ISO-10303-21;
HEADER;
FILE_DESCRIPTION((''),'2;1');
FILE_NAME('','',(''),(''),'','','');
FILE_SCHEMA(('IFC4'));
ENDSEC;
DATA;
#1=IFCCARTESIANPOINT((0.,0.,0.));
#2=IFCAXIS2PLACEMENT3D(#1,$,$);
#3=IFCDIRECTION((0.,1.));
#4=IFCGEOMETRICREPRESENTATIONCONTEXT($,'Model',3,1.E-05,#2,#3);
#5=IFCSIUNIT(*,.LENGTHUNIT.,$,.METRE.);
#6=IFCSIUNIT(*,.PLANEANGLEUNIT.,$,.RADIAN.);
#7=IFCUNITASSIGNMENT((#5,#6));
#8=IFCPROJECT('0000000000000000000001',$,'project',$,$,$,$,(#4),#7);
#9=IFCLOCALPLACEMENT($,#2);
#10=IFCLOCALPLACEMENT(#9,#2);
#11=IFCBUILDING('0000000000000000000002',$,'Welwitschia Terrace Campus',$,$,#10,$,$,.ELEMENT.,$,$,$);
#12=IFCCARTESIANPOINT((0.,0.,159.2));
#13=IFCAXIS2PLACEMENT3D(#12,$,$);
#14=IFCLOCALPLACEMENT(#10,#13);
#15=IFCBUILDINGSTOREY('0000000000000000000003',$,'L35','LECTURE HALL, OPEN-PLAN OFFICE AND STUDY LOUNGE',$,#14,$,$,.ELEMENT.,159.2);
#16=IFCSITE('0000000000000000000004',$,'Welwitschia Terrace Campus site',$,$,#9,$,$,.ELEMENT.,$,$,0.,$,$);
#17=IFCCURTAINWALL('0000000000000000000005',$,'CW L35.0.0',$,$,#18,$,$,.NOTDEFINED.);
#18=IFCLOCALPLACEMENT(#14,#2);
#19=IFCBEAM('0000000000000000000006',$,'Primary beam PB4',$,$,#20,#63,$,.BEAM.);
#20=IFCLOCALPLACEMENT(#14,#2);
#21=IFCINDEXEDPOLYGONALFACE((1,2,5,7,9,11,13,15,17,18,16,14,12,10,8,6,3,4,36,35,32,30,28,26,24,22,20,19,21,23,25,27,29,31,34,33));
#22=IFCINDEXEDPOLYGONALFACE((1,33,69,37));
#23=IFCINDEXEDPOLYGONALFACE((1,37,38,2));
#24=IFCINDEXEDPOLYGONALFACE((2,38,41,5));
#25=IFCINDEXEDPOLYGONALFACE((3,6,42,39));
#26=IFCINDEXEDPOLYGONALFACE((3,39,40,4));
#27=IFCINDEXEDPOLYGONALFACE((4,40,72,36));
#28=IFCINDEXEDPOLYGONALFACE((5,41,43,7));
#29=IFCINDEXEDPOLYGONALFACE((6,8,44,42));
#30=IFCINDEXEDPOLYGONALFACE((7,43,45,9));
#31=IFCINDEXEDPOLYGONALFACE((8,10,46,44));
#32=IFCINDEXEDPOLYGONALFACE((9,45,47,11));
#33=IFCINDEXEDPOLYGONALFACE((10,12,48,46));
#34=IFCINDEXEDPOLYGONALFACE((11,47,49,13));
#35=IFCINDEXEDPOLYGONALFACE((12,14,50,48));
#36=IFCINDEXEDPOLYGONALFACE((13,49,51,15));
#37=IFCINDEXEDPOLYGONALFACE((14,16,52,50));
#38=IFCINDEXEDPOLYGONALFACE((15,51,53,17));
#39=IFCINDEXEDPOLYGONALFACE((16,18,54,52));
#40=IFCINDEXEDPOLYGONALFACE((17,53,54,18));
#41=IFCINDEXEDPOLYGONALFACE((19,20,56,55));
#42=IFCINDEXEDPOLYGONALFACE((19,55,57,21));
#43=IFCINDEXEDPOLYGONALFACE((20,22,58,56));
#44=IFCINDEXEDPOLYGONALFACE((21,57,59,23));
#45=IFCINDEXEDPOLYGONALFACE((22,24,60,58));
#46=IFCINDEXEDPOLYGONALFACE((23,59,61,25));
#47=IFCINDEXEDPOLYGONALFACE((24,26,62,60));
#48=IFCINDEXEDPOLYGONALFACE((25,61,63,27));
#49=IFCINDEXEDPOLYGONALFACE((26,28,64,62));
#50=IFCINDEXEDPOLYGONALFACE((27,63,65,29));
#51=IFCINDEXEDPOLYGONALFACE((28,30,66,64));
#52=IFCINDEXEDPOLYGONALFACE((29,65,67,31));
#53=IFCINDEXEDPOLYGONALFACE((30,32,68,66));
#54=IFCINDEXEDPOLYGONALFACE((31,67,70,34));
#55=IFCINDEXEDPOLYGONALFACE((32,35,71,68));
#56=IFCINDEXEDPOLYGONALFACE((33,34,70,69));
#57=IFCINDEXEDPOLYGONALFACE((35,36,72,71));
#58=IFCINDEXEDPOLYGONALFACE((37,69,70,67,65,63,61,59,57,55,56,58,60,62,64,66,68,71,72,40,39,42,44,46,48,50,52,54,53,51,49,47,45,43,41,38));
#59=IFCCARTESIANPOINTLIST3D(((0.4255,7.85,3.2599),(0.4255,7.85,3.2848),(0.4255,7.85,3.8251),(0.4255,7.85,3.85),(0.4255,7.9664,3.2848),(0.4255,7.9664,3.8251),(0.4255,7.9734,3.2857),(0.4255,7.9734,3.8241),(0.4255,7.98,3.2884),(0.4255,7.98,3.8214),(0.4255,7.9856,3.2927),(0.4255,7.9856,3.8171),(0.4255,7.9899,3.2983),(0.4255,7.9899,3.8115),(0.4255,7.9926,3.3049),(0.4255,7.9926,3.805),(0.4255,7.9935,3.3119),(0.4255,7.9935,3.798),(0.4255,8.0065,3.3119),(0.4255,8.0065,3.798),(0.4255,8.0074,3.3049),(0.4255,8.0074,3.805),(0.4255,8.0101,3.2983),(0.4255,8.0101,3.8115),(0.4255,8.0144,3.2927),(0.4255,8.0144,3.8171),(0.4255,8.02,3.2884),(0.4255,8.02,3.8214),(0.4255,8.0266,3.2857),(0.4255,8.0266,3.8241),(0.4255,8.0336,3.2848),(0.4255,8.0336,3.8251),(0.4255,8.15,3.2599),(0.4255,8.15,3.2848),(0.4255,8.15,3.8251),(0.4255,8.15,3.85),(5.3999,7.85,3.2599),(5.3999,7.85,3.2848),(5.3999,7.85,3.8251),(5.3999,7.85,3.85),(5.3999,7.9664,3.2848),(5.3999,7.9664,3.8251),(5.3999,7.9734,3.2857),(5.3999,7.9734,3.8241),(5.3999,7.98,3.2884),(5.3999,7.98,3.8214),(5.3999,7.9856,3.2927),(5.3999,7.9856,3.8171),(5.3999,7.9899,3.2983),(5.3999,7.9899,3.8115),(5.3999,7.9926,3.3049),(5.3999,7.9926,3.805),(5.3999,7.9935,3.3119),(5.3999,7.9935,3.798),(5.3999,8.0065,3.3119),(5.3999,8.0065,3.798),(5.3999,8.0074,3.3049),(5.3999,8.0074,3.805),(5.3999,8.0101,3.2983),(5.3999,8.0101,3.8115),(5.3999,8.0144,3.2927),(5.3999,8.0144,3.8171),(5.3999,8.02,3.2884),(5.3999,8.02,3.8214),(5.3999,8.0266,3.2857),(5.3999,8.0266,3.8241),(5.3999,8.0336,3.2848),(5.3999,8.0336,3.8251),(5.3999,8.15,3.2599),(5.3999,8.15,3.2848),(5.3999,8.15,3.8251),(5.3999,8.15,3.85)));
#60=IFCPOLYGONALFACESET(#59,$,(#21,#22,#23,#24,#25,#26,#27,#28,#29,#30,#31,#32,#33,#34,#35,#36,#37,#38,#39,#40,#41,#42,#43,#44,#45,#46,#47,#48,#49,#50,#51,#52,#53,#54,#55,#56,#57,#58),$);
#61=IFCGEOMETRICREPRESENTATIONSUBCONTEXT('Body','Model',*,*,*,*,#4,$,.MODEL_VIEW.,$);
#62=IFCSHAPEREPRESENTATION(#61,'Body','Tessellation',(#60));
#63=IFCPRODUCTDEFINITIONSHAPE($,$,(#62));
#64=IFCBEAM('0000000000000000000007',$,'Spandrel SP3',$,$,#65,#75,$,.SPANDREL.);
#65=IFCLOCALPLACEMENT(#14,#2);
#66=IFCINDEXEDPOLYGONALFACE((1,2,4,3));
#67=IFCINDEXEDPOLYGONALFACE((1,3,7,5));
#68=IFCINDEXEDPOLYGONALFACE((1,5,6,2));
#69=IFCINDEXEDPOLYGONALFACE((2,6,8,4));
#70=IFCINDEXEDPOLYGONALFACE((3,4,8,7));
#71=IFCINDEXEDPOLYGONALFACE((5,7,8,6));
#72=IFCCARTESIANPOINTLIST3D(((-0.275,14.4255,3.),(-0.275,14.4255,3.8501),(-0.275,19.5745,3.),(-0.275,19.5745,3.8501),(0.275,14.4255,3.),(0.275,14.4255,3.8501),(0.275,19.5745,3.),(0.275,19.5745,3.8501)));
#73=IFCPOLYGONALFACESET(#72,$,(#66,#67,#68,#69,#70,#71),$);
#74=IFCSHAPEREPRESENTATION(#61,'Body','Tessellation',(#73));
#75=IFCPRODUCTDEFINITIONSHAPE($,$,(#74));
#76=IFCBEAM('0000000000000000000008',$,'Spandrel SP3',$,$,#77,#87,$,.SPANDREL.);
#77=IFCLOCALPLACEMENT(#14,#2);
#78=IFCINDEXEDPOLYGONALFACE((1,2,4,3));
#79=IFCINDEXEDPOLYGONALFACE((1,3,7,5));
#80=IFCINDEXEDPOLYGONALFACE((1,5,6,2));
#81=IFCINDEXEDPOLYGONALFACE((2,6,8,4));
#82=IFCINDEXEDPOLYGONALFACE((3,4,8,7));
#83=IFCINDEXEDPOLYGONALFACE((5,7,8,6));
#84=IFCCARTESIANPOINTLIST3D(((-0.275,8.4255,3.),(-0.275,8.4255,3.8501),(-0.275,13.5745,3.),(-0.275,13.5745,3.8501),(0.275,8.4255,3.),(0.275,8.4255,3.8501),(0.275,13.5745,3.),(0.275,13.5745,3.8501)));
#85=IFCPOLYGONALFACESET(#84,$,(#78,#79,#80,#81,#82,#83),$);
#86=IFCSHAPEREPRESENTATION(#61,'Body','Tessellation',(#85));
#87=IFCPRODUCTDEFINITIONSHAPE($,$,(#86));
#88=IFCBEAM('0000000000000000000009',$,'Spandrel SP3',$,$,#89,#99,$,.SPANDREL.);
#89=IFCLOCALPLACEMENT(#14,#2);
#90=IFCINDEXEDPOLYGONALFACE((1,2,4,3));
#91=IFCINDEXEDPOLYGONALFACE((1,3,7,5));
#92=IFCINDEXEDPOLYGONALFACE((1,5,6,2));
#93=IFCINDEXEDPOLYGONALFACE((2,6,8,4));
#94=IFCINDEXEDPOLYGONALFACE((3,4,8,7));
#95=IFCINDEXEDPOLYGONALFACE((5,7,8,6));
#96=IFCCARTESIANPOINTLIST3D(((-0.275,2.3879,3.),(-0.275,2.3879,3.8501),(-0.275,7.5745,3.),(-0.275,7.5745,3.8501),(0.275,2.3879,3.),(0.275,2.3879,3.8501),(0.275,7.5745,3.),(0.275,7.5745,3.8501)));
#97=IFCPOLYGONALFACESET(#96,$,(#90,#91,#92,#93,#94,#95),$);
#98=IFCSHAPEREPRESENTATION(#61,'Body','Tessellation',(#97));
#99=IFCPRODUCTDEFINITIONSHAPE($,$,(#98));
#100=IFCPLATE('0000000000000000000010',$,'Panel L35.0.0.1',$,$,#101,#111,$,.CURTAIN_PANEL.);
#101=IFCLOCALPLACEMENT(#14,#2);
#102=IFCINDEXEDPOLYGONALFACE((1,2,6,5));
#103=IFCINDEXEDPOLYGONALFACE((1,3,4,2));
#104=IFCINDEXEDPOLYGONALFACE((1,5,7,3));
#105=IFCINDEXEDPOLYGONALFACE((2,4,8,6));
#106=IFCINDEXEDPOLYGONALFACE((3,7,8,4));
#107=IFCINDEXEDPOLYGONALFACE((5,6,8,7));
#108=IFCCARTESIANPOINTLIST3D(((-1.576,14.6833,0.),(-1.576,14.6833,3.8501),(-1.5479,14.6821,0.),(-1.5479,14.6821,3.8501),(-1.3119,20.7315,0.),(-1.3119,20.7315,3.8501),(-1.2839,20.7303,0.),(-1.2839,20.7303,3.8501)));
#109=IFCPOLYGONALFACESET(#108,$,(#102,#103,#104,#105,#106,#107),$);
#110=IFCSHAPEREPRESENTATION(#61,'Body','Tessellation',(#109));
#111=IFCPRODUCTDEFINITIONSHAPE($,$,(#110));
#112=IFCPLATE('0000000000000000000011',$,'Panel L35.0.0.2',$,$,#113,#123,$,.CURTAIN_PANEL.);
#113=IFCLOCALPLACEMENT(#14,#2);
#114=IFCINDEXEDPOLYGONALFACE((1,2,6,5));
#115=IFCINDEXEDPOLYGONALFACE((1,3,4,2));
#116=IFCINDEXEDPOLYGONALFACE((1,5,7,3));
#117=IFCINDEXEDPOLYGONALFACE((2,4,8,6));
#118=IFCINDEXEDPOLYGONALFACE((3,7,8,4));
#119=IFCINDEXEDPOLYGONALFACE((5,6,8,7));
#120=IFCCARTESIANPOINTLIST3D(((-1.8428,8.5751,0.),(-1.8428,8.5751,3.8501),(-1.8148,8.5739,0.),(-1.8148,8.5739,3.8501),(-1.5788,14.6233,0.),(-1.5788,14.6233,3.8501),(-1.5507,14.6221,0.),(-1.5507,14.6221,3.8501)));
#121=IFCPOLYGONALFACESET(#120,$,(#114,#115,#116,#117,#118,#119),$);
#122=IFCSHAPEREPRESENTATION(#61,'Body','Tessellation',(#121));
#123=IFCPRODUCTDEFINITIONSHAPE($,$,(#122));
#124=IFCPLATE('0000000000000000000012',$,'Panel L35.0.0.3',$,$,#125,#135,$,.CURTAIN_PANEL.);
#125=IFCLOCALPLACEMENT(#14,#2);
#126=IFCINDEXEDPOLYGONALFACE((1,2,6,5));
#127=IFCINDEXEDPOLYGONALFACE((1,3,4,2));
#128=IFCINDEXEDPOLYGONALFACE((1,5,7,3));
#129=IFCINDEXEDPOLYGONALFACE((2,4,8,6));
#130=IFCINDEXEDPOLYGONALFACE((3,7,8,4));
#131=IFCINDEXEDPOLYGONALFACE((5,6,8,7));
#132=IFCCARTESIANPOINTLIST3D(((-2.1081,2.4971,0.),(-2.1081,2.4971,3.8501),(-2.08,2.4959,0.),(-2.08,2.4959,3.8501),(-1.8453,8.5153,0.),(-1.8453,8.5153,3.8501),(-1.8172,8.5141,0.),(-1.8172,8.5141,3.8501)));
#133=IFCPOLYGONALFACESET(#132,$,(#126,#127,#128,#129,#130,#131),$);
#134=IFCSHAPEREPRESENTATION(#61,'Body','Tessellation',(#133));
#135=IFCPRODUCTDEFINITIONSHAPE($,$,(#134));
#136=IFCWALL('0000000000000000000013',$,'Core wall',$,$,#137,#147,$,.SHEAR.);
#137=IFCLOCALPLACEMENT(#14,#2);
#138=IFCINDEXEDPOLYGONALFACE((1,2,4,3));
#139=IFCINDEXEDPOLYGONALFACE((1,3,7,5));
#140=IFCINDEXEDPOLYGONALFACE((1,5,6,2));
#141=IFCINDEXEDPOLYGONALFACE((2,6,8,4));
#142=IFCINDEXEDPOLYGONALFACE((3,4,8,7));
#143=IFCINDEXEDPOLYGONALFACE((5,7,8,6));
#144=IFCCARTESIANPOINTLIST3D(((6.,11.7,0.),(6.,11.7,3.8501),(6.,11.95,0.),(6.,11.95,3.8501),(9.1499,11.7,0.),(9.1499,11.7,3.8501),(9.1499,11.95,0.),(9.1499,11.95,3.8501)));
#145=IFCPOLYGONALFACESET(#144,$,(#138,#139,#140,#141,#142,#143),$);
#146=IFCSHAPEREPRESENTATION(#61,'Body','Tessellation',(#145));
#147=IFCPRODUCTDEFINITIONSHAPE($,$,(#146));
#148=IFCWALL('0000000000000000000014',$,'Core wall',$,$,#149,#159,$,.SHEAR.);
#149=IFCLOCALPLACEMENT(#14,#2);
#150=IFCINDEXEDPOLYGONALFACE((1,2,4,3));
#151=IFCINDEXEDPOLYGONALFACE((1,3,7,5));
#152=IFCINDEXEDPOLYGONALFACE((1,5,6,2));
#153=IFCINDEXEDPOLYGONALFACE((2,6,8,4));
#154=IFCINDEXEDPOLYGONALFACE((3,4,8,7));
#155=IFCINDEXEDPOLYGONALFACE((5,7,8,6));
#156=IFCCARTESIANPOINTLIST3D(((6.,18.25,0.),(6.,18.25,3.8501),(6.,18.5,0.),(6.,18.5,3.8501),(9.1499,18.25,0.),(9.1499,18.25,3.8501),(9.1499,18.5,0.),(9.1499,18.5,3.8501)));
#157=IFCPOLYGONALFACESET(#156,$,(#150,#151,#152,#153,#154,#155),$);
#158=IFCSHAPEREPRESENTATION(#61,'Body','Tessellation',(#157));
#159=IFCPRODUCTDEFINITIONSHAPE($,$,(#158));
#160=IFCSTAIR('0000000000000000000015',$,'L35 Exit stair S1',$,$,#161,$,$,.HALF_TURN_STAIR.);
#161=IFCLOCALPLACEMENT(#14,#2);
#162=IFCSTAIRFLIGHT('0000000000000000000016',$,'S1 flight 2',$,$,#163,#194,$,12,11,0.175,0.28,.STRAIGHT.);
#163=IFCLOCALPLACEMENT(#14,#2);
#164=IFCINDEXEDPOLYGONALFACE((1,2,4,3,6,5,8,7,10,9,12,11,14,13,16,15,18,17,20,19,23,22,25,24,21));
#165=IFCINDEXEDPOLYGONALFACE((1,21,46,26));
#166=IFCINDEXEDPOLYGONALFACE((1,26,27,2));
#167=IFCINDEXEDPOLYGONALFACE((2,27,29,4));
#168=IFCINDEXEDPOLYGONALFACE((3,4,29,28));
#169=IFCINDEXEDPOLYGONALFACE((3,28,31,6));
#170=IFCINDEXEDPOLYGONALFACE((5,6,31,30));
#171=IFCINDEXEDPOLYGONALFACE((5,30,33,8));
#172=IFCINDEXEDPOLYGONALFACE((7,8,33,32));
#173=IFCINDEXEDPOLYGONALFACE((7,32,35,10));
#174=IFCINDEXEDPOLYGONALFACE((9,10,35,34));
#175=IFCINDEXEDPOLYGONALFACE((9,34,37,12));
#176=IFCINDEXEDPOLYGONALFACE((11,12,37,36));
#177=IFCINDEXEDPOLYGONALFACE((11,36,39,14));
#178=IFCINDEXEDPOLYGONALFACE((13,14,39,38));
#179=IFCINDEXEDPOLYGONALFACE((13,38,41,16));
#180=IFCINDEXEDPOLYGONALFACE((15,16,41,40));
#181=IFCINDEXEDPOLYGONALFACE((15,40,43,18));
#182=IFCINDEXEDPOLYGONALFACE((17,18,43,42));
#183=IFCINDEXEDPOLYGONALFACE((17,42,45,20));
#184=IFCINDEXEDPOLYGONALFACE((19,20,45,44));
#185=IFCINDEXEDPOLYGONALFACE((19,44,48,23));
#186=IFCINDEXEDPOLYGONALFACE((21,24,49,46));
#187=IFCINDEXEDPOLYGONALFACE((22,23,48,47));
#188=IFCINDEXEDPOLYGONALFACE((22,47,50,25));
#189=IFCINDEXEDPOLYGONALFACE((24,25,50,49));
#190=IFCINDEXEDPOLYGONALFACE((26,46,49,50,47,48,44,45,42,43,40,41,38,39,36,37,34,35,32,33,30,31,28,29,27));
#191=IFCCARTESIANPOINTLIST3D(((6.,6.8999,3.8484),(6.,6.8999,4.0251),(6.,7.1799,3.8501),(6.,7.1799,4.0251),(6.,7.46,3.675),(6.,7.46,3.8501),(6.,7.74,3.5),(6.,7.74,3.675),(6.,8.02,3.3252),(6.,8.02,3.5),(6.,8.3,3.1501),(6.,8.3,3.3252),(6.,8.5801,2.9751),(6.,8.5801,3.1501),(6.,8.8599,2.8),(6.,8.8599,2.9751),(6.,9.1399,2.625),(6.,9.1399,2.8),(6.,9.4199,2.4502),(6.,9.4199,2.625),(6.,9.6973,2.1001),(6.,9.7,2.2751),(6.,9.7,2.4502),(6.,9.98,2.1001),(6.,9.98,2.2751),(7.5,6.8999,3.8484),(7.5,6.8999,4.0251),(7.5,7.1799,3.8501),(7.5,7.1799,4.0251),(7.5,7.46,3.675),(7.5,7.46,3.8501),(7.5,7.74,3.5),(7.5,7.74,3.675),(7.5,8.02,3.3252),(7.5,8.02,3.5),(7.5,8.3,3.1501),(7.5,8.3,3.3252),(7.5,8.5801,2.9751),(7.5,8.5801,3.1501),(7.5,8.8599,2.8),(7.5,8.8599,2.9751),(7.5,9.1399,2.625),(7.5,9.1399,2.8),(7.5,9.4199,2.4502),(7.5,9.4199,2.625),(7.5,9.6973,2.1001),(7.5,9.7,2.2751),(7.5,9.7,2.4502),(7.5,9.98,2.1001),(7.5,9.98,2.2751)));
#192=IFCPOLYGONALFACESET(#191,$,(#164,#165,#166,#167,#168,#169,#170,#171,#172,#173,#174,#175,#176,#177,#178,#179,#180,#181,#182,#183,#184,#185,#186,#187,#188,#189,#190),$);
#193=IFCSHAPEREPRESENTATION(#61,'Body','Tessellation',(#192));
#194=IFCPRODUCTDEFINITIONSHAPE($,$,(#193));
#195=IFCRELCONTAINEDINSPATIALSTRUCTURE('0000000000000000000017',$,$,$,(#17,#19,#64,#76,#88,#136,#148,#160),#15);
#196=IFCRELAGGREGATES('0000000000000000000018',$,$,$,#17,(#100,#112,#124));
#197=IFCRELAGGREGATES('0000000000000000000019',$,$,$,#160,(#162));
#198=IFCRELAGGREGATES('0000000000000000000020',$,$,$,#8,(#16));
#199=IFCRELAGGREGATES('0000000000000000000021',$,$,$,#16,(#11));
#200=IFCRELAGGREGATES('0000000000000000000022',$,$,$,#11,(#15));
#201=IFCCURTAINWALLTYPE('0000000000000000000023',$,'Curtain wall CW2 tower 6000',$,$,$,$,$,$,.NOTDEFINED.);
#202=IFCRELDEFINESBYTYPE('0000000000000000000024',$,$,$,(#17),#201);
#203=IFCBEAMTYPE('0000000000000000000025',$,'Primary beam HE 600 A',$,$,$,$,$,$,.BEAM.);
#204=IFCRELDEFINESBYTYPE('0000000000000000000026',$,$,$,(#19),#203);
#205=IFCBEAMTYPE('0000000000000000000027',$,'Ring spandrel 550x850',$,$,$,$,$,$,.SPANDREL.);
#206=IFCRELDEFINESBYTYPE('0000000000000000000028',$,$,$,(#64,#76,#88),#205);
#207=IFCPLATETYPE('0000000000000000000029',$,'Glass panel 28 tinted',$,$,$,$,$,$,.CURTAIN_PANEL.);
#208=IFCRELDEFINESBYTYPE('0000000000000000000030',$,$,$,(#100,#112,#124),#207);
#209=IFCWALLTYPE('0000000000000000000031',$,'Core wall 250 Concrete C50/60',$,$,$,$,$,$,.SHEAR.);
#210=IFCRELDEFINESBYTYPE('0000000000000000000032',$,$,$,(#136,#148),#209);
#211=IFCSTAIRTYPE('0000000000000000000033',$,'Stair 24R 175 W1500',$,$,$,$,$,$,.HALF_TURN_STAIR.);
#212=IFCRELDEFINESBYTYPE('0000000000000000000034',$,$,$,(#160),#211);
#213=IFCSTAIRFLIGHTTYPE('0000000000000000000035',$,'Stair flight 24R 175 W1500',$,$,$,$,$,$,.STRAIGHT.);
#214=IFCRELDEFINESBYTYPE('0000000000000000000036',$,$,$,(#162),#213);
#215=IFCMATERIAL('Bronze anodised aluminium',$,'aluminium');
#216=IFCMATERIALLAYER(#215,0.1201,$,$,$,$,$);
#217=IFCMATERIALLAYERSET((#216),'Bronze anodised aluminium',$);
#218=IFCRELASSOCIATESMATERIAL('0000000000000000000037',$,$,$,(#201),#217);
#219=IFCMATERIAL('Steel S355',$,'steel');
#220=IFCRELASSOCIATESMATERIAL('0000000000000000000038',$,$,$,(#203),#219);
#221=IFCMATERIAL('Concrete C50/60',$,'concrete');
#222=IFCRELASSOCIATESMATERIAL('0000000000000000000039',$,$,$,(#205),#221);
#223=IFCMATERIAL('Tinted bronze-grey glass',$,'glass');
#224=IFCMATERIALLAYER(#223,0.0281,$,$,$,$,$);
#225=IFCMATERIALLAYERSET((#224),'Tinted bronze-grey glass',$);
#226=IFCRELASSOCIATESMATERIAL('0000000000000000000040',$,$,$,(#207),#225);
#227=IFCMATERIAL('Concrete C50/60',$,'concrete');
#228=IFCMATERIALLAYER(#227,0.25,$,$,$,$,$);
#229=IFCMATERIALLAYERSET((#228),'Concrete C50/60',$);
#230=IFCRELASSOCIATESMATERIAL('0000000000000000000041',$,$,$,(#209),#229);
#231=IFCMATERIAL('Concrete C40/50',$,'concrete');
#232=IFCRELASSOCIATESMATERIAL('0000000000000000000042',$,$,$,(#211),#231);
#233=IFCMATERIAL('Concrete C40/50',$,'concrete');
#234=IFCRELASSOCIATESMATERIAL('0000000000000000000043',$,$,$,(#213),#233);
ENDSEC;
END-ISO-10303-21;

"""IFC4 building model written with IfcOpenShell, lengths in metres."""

from ifc_helpers import new_model, si_unit, direction, frame, frame_2d, origin, origin_2d, place, context, subcontext, project, spatial, polyline, rectangle, i_section, outline, extrude, material, layer, layer_set, material_profile, profile_set, type_object, element, aggregate, save


model = new_model("IFC4")

# Units and contexts
model_context = context("Model", 3, precision=1e-05, world=origin(), true_north=direction((0.0, 1.0)))
body_context = subcontext(model_context, "Body", "Model", "MODEL_VIEW")
ifc_project = project(units=[si_unit("LENGTHUNIT", "METRE"), si_unit("PLANEANGLEUNIT", "RADIAN")], contexts=[model_context])

# Site, building, storey
site_placement = place(None, origin())
site = spatial("IfcSite", under=ifc_project, at=site_placement, Name="Welwitschia Terrace Campus site", CompositionType="ELEMENT", RefElevation=0.0)
building_placement = place(site_placement, origin())
building = spatial("IfcBuilding", under=site, at=building_placement, Name="Welwitschia Terrace Campus", CompositionType="ELEMENT")
storey_placement = place(building_placement, frame((0.0, 0.0, 159.2)))
storey = spatial("IfcBuildingStorey", under=building, at=storey_placement, Name="L35", Description="LECTURE HALL, OPEN-PLAN OFFICE AND STUDY LOUNGE", CompositionType="ELEMENT", Elevation=159.2)

# Curtain wall
ifc_material_1 = material(Name="Bronze anodised aluminium", Category="aluminium")
ifc_layer_1 = layer(ifc_material_1, 0.1201)
ifc_layer_set_1 = layer_set([ifc_layer_1], Name="Bronze anodised aluminium")
curtain_wall_type = type_object("IfcCurtainWallType", Name="Curtain wall CW2 tower 6000", PredefinedType="NOTDEFINED", material=ifc_layer_set_1)
curtain_wall_placement = place(storey_placement, origin())
curtain_wall = element("IfcCurtainWall", 1, at=curtain_wall_placement, inside=storey, type_object=curtain_wall_type, Name="CW L35.0.0", PredefinedType="NOTDEFINED")

# Beams
ifc_material_2 = material(Name="Steel S355", Category="steel")
ifc_material_profile_1 = material_profile(ifc_material_2, i_section(OverallWidth=0.3, OverallDepth=0.5901, WebThickness=0.0129, FlangeThickness=0.0249, FilletRadius=0.0271, at=origin_2d()))
ifc_profile_set_1 = profile_set([ifc_material_profile_1], Name="Steel S355")
beam_type_1 = type_object("IfcBeamType", Name="Primary beam HE 600 A", PredefinedType="BEAM", material=ifc_profile_set_1)
for number, where, z_axis, x_axis, name in (
    (2, (0.4255, 8.0, 3.5549), (1.0, 0.0, 0.0), (0.0, 1.0, 0.0), "Primary beam PB4"),
):
    element("IfcBeam", number, at=place(storey_placement, frame(where, z_axis=z_axis, x_axis=x_axis)), inside=storey, type_object=beam_type_1, Name=name, PredefinedType="BEAM", context=body_context, shape_type="SweptSolid", body=[
        extrude(i_section(OverallWidth=0.3, OverallDepth=0.5901, WebThickness=0.0129, FlangeThickness=0.0249, FilletRadius=0.0271, at=origin_2d()), origin(), (0.0, 0.0, 1.0), 4.9744),
    ])
ifc_material_3 = material(Name="Concrete C50/60", Category="concrete")
ifc_material_profile_2 = material_profile(ifc_material_3, rectangle(XDim=0.55, YDim=0.8501, at=origin_2d()))
ifc_profile_set_2 = profile_set([ifc_material_profile_2], Name="Concrete C50/60")
beam_type_2 = type_object("IfcBeamType", Name="Ring spandrel 550x850", PredefinedType="SPANDREL", material=ifc_profile_set_2)
for number, where, z_axis, x_axis, name in (
    (3, (0.0, 19.5745, 3.425), (0.0, -1.0, 0.0), (1.0, 0.0, 0.0), "Spandrel SP3"),
    (4, (0.0, 13.5745, 3.425), (0.0, -1.0, 0.0), (1.0, 0.0, 0.0), "Spandrel SP3"),
):
    element("IfcBeam", number, at=place(storey_placement, frame(where, z_axis=z_axis, x_axis=x_axis)), inside=storey, type_object=beam_type_2, Name=name, PredefinedType="SPANDREL", context=body_context, shape_type="SweptSolid", body=[
        extrude(rectangle(XDim=0.55, YDim=0.8501, at=origin_2d()), origin(), (0.0, 0.0, 1.0), 5.1489),
    ])
beam_1_placement = place(storey_placement, frame((0.0, 7.5745, 3.425), z_axis=(0.0, -1.0, 0.0), x_axis=(1.0, 0.0, 0.0)))
element("IfcBeam", 5, at=beam_1_placement, inside=storey, type_object=beam_type_2, Name="Spandrel SP3", PredefinedType="SPANDREL", context=body_context, shape_type="SweptSolid", body=[
    extrude(rectangle(XDim=0.55, YDim=0.8501, at=origin_2d()), origin(), (0.0, 0.0, 1.0), 5.1865),
])

# Plates
ifc_material_4 = material(Name="Tinted bronze-grey glass", Category="glass")
ifc_layer_2 = layer(ifc_material_4, 0.0281)
ifc_layer_set_2 = layer_set([ifc_layer_2], Name="Tinted bronze-grey glass")
plate_type = type_object("IfcPlateType", Name="Glass panel 28 tinted", PredefinedType="CURTAIN_PANEL", material=ifc_layer_set_2)
plate_1_placement = place(storey_placement, frame((-1.4299, 17.7068, 0.0), z_axis=(0.0, 0.0, 1.0), x_axis=(-0.043619, -0.999048, 0.0)))
plate_1 = element("IfcPlate", 6, at=plate_1_placement, type_object=plate_type, Name="Panel L35.0.0.1", PredefinedType="CURTAIN_PANEL", context=body_context, shape_type="SweptSolid", body=[
    extrude(rectangle(XDim=6.054, YDim=0.0281, at=origin_2d()), origin(), (0.0, 0.0, 1.0), 3.8501),
])
plate_2_placement = place(storey_placement, frame((-1.6968, 11.5986, 0.0), z_axis=(0.0, 0.0, 1.0), x_axis=(-0.043619, -0.999048, 0.0)))
plate_2 = element("IfcPlate", 7, at=plate_2_placement, type_object=plate_type, Name="Panel L35.0.0.2", PredefinedType="CURTAIN_PANEL", context=body_context, shape_type="SweptSolid", body=[
    extrude(rectangle(XDim=6.054, YDim=0.0281, at=origin_2d()), origin(), (0.0, 0.0, 1.0), 3.8501),
])
plate_3_placement = place(storey_placement, frame((-1.9626, 5.5056, 0.0), z_axis=(0.0, 0.0, 1.0), x_axis=(-0.043619, -0.999048, 0.0)))
plate_3 = element("IfcPlate", 8, at=plate_3_placement, type_object=plate_type, Name="Panel L35.0.0.3", PredefinedType="CURTAIN_PANEL", context=body_context, shape_type="SweptSolid", body=[
    extrude(rectangle(XDim=6.0239, YDim=0.0281, at=origin_2d()), origin(), (0.0, 0.0, 1.0), 3.8501),
])
aggregate(curtain_wall, [plate_1, plate_2, plate_3])

# Walls
ifc_material_5 = material(Name="Concrete C50/60", Category="concrete")
ifc_layer_3 = layer(ifc_material_5, 0.25)
ifc_layer_set_3 = layer_set([ifc_layer_3], Name="Concrete C50/60")
wall_type = type_object("IfcWallType", Name="Core wall 250 Concrete C50/60", PredefinedType="SHEAR", material=ifc_layer_set_3)
for number, where, z_axis, x_axis, name in (
    (9, (6.0, 11.825, 0.0), (0.0, 0.0, 1.0), (1.0, 0.0, 0.0), "Core wall"),
    (10, (6.0, 18.375, 0.0), (0.0, 0.0, 1.0), (1.0, 0.0, 0.0), "Core wall"),
):
    element("IfcWall", number, at=place(storey_placement, frame(where, z_axis=z_axis, x_axis=x_axis)), inside=storey, type_object=wall_type, Name=name, PredefinedType="SHEAR", context=body_context, shape_type="SweptSolid", body=[
        extrude(rectangle(XDim=3.1499, YDim=0.25, at=frame_2d((1.575, 0.0))), origin(), (0.0, 0.0, 1.0), 3.8501),
    ])

# Stair, stair flight
ifc_material_6 = material(Name="Concrete C40/50", Category="concrete")
stair_type = type_object("IfcStairType", Name="Stair 24R 175 W1500", PredefinedType="HALF_TURN_STAIR", material=ifc_material_6)
stair_placement = place(storey_placement, origin())
stair = element("IfcStair", 11, at=stair_placement, inside=storey, type_object=stair_type, Name="L35 Exit stair S1", PredefinedType="HALF_TURN_STAIR")
ifc_material_7 = material(Name="Concrete C40/50", Category="concrete")
stair_flight_type = type_object("IfcStairFlightType", Name="Stair flight 24R 175 W1500", PredefinedType="STRAIGHT", material=ifc_material_7)
stair_flight_placement = place(storey_placement, frame((6.75, 9.98, 2.1001), z_axis=(0.0, 0.0, 1.0), x_axis=(0.0, -1.0, 0.0)))
stair_flight = element("IfcStairFlight", 12, at=stair_flight_placement, type_object=stair_flight_type, Name="S1 flight 2", NumberOfRisers=12, NumberOfTreads=11, PredefinedType="STRAIGHT", RiserHeight=0.175, TreadLength=0.28, context=body_context, shape_type="SweptSolid", body=[
    extrude(outline(polyline([(0.0, 0.0), (0.0, 0.175), (0.28, 0.175), (0.28, 0.3501), (0.5601, 0.3501), (0.5601, 0.5249), (0.8401, 0.5249), (0.8401, 0.7), (1.1201, 0.7), (1.1201, 0.875), (1.3999, 0.875), (1.3999, 1.05), (1.6799, 1.05), (1.6799, 1.2251), (1.96, 1.2251), (1.96, 1.3999), (2.24, 1.3999), (2.24, 1.575), (2.52, 1.575), (2.52, 1.75), (2.8, 1.75), (2.8, 1.925), (3.0801, 1.925), (3.0801, 2.1001), (3.0801, 1.7483), (0.2827, 0.0), (0.0, 0.0)])), frame((0.0, 0.75, 0.0), z_axis=(0.0, -1.0, 0.0), x_axis=(1.0, 0.0, 0.0)), (0.0, 0.0, 1.0), 1.5),
])
aggregate(stair, [stair_flight])

save(model, "model.ifc")
